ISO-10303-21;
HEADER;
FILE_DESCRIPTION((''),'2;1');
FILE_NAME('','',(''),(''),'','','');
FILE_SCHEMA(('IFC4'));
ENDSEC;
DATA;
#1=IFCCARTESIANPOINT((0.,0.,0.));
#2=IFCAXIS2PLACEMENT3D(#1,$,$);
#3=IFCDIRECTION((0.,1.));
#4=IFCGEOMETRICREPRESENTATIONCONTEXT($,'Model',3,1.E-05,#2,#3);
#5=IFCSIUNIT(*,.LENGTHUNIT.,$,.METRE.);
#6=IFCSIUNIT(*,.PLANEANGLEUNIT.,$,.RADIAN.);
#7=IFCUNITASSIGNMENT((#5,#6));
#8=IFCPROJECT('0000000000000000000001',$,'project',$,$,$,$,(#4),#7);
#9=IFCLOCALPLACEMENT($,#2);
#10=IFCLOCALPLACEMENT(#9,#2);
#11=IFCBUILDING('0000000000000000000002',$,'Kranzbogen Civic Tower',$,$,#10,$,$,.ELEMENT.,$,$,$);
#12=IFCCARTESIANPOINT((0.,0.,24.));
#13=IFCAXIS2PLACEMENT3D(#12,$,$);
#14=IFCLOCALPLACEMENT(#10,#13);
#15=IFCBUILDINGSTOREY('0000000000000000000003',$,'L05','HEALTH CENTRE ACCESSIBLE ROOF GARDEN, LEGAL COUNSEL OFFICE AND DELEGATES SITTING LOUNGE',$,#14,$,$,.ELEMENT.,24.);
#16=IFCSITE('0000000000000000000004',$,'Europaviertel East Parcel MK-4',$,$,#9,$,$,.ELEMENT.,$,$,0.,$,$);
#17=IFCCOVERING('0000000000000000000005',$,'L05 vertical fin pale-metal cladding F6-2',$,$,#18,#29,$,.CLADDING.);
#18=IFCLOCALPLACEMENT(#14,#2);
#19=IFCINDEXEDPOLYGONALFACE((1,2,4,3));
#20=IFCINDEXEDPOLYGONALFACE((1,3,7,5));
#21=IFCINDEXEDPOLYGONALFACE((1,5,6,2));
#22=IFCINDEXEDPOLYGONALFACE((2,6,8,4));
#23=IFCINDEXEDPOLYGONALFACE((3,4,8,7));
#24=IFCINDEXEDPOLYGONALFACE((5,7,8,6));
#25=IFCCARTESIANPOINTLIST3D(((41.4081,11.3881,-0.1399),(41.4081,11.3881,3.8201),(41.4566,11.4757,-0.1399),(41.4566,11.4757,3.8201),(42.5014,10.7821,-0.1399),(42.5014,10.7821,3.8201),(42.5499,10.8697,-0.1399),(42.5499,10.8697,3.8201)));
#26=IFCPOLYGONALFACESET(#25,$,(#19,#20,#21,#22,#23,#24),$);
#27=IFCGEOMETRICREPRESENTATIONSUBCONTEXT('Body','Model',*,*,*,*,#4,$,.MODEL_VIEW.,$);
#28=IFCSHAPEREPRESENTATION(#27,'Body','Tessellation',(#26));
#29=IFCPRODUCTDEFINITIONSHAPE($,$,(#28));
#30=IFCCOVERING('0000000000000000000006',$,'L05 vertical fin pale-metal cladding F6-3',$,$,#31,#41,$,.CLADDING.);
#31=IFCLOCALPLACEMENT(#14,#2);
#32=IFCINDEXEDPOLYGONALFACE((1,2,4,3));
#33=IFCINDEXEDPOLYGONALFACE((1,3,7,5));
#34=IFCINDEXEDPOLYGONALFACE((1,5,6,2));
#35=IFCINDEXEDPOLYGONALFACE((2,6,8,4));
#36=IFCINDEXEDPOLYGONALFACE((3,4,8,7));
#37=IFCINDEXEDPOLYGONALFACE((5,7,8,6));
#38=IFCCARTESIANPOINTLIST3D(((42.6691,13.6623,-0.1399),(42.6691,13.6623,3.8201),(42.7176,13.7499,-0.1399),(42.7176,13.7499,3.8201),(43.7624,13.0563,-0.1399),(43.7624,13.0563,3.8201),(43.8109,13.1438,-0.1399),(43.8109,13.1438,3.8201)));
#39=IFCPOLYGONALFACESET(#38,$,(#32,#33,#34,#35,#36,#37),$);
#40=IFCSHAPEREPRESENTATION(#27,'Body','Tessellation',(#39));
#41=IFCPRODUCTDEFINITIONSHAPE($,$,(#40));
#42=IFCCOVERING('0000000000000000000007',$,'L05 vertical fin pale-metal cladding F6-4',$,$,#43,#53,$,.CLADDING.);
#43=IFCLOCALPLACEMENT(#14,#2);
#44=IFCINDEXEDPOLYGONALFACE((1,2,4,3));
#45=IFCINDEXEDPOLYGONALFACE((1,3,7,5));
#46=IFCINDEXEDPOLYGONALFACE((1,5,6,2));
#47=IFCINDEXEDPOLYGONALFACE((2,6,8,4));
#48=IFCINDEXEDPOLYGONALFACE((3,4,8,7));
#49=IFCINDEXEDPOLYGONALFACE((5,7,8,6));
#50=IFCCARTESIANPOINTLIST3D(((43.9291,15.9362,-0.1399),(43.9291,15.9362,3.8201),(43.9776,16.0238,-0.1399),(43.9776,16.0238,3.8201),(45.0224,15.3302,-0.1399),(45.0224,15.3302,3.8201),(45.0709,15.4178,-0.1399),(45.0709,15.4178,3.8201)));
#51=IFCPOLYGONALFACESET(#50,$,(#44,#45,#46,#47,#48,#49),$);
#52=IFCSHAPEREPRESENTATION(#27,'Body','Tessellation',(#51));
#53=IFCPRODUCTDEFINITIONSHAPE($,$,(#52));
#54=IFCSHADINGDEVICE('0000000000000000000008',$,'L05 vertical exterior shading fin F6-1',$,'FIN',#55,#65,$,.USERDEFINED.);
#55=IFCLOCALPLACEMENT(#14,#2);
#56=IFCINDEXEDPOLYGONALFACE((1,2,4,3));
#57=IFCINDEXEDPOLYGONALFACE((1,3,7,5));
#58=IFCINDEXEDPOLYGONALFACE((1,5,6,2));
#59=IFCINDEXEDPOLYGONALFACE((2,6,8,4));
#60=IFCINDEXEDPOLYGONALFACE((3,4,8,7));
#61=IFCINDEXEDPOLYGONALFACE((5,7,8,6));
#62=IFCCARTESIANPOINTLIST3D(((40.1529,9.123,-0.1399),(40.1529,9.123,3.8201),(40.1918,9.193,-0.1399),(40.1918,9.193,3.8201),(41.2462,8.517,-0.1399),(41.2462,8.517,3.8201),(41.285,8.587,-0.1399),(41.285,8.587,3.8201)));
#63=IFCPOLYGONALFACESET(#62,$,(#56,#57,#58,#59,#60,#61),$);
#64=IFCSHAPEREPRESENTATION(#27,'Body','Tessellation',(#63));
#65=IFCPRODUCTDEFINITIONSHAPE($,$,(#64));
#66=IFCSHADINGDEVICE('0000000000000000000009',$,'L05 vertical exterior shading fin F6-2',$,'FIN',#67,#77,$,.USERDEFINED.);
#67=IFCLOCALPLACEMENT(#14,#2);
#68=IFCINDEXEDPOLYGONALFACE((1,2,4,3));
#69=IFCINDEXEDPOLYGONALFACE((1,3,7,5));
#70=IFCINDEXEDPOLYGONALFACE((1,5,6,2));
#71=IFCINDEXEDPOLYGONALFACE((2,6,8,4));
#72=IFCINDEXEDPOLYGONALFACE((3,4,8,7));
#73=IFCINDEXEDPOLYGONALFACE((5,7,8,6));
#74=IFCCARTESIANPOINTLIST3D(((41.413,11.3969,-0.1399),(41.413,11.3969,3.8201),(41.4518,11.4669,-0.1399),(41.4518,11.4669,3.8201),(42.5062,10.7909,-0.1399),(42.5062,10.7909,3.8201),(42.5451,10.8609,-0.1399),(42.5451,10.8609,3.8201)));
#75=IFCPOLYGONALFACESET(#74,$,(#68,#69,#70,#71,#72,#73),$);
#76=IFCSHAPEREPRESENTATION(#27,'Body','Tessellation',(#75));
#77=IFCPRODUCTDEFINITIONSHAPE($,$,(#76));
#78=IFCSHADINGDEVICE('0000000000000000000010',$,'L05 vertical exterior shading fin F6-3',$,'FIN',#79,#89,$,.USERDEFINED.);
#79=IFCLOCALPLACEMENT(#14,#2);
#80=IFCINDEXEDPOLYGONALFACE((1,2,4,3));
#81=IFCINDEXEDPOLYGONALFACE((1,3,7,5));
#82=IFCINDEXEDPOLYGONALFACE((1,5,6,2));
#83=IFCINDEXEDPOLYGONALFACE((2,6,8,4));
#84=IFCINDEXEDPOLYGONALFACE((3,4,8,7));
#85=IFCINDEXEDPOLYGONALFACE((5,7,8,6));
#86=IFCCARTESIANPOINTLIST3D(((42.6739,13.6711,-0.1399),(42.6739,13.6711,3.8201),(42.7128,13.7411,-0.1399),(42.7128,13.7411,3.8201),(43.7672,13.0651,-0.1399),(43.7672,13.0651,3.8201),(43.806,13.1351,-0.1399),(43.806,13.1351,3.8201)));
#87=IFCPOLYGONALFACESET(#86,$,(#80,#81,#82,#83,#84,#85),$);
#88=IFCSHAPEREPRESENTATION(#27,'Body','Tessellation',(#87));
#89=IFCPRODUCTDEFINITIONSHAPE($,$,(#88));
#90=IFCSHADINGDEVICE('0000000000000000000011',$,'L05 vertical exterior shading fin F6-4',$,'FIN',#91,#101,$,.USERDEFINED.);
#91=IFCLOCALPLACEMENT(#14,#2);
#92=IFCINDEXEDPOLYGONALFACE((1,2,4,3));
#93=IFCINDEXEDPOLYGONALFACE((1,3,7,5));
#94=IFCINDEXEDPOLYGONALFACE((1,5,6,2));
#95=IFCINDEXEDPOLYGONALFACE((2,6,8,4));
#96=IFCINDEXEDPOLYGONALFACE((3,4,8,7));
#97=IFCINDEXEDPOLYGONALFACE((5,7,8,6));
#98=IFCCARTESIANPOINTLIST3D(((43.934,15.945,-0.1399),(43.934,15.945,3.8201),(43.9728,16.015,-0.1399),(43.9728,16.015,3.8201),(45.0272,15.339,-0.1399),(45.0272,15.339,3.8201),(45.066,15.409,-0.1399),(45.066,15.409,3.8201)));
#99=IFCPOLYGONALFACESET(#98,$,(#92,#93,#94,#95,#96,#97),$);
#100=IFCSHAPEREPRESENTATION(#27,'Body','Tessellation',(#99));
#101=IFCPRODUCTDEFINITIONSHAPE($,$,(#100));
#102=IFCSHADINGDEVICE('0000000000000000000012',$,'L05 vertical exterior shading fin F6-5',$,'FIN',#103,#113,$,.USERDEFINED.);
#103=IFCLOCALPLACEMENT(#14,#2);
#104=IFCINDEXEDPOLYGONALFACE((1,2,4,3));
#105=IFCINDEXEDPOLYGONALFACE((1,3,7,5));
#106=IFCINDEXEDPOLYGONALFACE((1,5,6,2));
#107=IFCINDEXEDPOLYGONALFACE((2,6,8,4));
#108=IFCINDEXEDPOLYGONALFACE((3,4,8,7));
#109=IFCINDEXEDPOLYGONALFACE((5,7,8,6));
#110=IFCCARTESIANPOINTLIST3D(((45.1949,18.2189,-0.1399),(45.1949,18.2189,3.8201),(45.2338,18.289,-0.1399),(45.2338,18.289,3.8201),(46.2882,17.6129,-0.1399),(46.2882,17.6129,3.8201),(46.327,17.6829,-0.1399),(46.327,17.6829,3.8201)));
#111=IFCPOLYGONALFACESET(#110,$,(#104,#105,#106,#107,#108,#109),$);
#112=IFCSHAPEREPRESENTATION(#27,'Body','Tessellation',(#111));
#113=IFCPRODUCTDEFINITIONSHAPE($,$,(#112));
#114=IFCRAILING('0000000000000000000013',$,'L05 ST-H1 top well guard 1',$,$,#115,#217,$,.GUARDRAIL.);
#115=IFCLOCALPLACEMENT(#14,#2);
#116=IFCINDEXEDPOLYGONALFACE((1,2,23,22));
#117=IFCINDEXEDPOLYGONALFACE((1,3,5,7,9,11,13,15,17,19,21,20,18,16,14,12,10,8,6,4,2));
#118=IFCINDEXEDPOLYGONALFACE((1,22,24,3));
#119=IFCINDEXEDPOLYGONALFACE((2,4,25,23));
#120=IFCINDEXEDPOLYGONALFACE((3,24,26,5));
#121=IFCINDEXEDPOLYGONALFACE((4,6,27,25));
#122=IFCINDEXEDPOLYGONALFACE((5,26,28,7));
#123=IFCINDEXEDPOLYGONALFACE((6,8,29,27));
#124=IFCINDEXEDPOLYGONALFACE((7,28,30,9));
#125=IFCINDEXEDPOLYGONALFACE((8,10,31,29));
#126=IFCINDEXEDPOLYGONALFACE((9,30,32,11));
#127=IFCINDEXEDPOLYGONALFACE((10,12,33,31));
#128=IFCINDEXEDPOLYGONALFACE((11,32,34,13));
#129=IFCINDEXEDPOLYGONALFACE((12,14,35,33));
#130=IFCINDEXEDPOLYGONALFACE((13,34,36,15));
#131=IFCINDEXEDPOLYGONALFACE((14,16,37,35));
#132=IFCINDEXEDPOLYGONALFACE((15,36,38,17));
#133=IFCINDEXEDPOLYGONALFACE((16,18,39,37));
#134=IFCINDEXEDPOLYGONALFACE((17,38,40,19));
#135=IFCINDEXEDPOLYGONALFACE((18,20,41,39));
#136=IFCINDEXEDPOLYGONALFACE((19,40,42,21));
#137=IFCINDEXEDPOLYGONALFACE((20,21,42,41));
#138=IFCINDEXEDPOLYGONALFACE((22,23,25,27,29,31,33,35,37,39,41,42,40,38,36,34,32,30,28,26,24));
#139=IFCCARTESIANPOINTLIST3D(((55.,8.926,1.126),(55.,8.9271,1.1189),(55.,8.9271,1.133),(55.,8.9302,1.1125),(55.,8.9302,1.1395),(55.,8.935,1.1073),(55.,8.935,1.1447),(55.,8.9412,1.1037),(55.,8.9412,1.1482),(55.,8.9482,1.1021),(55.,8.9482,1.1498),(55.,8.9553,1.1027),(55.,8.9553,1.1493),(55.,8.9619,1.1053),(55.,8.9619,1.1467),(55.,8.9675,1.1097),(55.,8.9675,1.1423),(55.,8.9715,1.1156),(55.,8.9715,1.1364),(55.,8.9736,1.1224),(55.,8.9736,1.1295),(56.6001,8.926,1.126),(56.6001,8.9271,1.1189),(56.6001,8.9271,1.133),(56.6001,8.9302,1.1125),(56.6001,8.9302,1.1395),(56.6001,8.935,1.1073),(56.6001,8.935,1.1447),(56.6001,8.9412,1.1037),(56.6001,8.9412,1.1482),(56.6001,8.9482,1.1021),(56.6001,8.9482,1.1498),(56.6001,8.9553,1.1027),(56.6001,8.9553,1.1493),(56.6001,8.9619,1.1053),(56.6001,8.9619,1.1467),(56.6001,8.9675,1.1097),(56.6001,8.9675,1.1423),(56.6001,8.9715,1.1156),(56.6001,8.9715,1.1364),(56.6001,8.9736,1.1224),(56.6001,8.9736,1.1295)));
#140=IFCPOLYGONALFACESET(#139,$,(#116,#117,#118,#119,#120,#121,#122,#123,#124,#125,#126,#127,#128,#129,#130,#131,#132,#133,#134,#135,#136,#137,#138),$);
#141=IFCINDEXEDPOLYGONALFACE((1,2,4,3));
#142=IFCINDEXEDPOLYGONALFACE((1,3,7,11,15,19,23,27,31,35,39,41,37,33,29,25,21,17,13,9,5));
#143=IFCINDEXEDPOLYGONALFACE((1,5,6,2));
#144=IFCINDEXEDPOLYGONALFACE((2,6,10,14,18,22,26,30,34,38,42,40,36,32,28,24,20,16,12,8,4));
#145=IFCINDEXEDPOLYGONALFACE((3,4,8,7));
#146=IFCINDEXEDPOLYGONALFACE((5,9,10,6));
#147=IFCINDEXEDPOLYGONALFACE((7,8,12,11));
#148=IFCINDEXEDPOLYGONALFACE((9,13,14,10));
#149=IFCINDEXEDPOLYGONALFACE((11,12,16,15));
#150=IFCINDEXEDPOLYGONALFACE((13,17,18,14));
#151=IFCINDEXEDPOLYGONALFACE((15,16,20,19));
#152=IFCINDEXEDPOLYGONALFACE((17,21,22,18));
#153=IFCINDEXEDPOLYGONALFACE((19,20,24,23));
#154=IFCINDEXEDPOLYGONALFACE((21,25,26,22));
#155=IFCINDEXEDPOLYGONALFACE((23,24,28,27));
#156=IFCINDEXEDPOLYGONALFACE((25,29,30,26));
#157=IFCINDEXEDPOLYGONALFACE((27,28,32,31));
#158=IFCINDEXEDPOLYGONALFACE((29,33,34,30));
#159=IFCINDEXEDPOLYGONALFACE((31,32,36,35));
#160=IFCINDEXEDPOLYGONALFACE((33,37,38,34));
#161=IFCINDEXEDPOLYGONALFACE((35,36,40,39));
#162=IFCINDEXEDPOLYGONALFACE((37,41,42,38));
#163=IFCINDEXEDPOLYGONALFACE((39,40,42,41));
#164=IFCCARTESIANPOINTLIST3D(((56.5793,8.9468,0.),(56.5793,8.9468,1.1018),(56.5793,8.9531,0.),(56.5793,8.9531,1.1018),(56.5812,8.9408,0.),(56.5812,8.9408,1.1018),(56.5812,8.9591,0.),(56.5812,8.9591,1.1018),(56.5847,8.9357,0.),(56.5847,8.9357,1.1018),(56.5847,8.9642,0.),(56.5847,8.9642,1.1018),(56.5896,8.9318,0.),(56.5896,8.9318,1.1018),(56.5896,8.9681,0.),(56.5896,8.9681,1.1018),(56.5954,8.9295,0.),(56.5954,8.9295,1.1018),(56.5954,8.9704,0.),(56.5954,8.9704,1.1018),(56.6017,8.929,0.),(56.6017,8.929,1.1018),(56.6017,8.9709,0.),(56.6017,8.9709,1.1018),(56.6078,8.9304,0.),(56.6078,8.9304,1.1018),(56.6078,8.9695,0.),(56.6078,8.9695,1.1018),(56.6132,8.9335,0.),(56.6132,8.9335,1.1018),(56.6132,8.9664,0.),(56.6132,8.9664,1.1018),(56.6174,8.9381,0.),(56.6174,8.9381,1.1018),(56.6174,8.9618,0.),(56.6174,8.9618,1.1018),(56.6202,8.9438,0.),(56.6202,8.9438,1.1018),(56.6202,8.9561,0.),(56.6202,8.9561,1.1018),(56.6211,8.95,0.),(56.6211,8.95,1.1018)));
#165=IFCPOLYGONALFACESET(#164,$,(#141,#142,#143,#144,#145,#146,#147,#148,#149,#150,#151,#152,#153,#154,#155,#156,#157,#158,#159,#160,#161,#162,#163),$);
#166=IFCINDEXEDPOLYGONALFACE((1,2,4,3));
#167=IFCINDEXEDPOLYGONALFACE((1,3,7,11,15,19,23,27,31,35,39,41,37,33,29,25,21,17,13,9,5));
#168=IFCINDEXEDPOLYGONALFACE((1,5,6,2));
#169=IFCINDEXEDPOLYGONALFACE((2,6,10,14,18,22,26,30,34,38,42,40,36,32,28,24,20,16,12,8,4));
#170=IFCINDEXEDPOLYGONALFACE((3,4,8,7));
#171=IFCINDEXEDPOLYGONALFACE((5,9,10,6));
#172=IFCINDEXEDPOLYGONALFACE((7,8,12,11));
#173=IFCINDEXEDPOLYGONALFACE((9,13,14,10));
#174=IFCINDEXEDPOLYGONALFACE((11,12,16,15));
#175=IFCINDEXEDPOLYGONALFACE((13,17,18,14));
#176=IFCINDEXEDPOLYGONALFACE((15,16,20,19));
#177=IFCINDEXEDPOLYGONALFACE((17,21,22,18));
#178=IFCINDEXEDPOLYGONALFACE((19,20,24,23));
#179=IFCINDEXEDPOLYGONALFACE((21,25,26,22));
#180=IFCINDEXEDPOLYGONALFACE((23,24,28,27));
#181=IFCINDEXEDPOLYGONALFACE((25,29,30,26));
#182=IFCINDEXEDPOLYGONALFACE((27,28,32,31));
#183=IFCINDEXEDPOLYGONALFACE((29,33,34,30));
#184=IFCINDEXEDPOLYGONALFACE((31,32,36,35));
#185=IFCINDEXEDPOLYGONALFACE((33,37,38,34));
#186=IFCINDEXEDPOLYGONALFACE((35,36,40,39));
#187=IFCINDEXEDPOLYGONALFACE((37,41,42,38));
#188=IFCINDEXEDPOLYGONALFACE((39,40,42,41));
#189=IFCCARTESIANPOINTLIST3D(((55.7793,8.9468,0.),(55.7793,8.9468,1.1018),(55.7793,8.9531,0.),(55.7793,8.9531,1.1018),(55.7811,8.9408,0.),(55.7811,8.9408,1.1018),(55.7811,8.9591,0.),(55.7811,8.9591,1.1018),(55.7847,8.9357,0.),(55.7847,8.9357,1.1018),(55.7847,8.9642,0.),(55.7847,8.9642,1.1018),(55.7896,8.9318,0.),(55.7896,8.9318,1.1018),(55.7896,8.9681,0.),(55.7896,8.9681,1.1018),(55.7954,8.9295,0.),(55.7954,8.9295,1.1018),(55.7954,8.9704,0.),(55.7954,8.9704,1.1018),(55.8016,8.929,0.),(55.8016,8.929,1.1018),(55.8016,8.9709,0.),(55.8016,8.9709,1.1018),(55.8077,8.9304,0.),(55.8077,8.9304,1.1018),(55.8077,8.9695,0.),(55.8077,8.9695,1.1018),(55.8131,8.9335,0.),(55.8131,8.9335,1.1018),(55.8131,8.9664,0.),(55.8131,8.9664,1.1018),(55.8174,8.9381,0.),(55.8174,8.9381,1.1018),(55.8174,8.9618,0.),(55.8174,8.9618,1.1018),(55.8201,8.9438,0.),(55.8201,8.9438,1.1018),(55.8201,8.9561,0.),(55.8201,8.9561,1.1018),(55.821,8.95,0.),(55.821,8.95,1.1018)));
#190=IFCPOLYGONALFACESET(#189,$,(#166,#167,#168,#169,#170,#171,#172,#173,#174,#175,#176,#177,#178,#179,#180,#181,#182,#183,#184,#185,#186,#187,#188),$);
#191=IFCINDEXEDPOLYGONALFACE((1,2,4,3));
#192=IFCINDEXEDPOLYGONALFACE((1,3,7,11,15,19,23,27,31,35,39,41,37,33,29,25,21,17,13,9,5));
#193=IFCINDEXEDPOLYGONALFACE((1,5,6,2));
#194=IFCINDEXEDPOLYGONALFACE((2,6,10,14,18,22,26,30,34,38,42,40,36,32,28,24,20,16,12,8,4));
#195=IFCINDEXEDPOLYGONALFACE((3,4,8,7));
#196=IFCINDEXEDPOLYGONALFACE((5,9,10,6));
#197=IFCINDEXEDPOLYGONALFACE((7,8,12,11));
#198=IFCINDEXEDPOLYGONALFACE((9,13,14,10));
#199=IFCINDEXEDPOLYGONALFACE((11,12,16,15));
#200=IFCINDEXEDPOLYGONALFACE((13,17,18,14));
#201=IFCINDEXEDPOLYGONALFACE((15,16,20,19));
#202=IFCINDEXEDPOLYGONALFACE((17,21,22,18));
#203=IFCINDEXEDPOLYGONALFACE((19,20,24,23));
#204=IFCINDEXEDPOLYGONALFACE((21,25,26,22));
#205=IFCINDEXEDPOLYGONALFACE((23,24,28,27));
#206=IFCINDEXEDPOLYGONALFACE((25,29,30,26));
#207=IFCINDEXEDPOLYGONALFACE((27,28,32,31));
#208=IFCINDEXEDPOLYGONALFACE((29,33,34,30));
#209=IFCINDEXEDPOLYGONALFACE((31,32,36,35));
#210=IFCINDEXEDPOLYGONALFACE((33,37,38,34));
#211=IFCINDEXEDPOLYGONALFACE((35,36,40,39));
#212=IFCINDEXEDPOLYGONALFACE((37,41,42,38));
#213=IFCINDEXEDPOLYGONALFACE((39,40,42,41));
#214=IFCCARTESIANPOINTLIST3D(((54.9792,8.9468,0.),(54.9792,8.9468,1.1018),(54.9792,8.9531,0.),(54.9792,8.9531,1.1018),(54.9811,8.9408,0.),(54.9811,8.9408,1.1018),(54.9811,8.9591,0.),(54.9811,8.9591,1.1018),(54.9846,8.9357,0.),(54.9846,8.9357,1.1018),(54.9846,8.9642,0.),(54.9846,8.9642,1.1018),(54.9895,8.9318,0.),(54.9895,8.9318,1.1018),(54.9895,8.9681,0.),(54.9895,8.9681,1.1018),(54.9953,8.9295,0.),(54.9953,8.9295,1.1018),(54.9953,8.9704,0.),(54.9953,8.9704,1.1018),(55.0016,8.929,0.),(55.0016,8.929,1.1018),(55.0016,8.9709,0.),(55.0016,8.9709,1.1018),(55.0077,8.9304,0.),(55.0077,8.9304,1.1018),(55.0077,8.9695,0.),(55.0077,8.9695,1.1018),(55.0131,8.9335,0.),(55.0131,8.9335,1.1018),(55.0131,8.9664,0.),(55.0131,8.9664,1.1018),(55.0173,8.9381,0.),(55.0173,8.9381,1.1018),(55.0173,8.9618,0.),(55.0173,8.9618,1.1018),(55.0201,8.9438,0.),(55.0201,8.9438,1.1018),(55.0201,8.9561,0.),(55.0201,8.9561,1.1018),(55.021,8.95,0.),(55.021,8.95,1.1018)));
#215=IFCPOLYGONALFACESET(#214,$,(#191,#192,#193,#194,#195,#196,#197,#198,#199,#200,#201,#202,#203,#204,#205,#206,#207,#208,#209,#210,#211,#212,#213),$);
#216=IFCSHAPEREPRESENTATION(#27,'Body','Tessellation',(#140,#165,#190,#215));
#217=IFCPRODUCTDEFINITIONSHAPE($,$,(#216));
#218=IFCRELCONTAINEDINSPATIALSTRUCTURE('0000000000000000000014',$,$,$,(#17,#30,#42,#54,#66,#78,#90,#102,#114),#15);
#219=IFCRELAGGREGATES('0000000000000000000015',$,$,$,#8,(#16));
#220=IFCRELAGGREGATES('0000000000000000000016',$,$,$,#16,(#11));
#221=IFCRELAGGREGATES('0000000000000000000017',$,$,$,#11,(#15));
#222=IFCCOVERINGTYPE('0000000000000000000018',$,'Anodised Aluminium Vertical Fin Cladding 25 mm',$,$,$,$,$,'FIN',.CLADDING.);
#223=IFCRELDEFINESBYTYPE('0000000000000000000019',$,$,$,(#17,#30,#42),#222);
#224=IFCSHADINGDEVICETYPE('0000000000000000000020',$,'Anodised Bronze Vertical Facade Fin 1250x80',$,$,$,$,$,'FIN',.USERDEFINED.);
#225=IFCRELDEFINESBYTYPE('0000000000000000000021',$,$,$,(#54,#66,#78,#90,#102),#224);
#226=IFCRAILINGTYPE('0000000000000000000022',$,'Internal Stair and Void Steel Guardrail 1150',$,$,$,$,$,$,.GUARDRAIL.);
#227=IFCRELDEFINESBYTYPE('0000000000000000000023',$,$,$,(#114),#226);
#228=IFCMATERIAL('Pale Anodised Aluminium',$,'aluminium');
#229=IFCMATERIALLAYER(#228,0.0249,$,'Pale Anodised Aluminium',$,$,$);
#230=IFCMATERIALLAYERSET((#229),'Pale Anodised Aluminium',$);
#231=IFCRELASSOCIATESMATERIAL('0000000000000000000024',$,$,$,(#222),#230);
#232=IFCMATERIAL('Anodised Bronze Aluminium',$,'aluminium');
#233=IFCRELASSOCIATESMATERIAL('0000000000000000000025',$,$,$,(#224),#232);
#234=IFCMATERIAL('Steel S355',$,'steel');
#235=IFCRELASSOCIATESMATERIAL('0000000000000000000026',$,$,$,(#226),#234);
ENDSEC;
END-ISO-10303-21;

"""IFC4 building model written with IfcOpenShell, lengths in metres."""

from ifc_helpers import new_model, si_unit, direction, frame, origin, origin_2d, place, context, subcontext, project, spatial, rectangle, circle, extrude, material, layer, layer_set, type_object, element, save


model = new_model("IFC4")

# Units and contexts
model_context = context("Model", 3, precision=1e-05, world=origin(), true_north=direction((0.0, 1.0)))
body_context = subcontext(model_context, "Body", "Model", "MODEL_VIEW")
ifc_project = project(units=[si_unit("LENGTHUNIT", "METRE"), si_unit("PLANEANGLEUNIT", "RADIAN")], contexts=[model_context])

# Site, building, storey
site_placement = place(None, origin())
site = spatial("IfcSite", under=ifc_project, at=site_placement, Name="Europaviertel East Parcel MK-4", CompositionType="ELEMENT", RefElevation=0.0)
building_placement = place(site_placement, origin())
building = spatial("IfcBuilding", under=site, at=building_placement, Name="Kranzbogen Civic Tower", CompositionType="ELEMENT")
storey_placement = place(building_placement, frame((0.0, 0.0, 24.0)))
storey = spatial("IfcBuildingStorey", under=building, at=storey_placement, Name="L05", Description="HEALTH CENTRE ACCESSIBLE ROOF GARDEN, LEGAL COUNSEL OFFICE AND DELEGATES SITTING LOUNGE", CompositionType="ELEMENT", Elevation=24.0)

# Shared definitions
ifc_material_1 = material(Name="Pale Anodised Aluminium", Category="aluminium")

# Shared definitions
ifc_material_2 = material(Name="Steel S355", Category="steel")

# Coverings
ifc_layer_1 = layer(ifc_material_1, 0.0249, Name="Pale Anodised Aluminium")
ifc_layer_set_1 = layer_set([ifc_layer_1], Name="Pale Anodised Aluminium")
covering_type = type_object("IfcCoveringType", Name="Anodised Aluminium Vertical Fin Cladding 25 mm", ElementType="FIN", PredefinedType="CLADDING", material=ifc_layer_set_1)
for number, where, z_axis, x_axis, name in (
    (1, (41.979, 11.1289, -0.1399), (0.0, 0.0, 1.0), (0.87462, -0.48481, 0.0), "L05 vertical fin pale-metal cladding F6-2"),
    (2, (43.24, 13.4031, -0.1399), (0.0, 0.0, 1.0), (0.87462, -0.48481, 0.0), "L05 vertical fin pale-metal cladding F6-3"),
    (3, (44.5, 15.677, -0.1399), (0.0, 0.0, 1.0), (0.87462, -0.48481, 0.0), "L05 vertical fin pale-metal cladding F6-4"),
):
    element("IfcCovering", number, at=place(storey_placement, frame(where, z_axis=z_axis, x_axis=x_axis)), inside=storey, type_object=covering_type, Name=name, PredefinedType="CLADDING", context=body_context, shape_type="SweptSolid", body=[
        extrude(rectangle(XDim=1.25, YDim=0.1001, at=origin_2d()), origin(), (0.0, 0.0, 1.0), 3.96),
    ])

# Shading devices
ifc_material_3 = material(Name="Anodised Bronze Aluminium", Category="aluminium")
shading_device_type = type_object("IfcShadingDeviceType", Name="Anodised Bronze Vertical Facade Fin 1250x80", ElementType="FIN", PredefinedType="USERDEFINED", material=ifc_material_3)
for number, where, z_axis, x_axis, name in (
    (4, (40.719, 8.855, -0.1399), (0.0, 0.0, 1.0), (0.87462, -0.48481, 0.0), "L05 vertical exterior shading fin F6-1"),
    (5, (41.979, 11.1289, -0.1399), (0.0, 0.0, 1.0), (0.87462, -0.48481, 0.0), "L05 vertical exterior shading fin F6-2"),
    (6, (43.24, 13.4031, -0.1399), (0.0, 0.0, 1.0), (0.87462, -0.48481, 0.0), "L05 vertical exterior shading fin F6-3"),
    (7, (44.5, 15.677, -0.1399), (0.0, 0.0, 1.0), (0.87462, -0.48481, 0.0), "L05 vertical exterior shading fin F6-4"),
    (8, (45.761, 17.9509, -0.1399), (0.0, 0.0, 1.0), (0.87462, -0.48481, 0.0), "L05 vertical exterior shading fin F6-5"),
):
    element("IfcShadingDevice", number, at=place(storey_placement, frame(where, z_axis=z_axis, x_axis=x_axis)), inside=storey, type_object=shading_device_type, Name=name, ObjectType="FIN", PredefinedType="USERDEFINED", context=body_context, shape_type="SweptSolid", body=[
        extrude(rectangle(XDim=1.25, YDim=0.0801, at=origin_2d()), origin(), (0.0, 0.0, 1.0), 3.96),
    ])

# Railing
railing_type = type_object("IfcRailingType", Name="Internal Stair and Void Steel Guardrail 1150", PredefinedType="GUARDRAIL", material=ifc_material_2)
railing_placement = place(storey_placement, frame((56.6001, 8.95, 0.0)))
element("IfcRailing", 9, at=railing_placement, inside=storey, type_object=railing_type, Name="L05 ST-H1 top well guard 1", PredefinedType="GUARDRAIL", context=body_context, shape_type="SweptSolid", body=[
    extrude(circle(Radius=0.0239, at=origin_2d()), frame((0.0, 0.0, 1.126), z_axis=(-1.0, 0.0, 0.0), x_axis=(0.0, -1.0, 0.0)), (0.0, 0.0, 1.0), 1.6001),
    extrude(circle(Radius=0.021, at=origin_2d()), origin(), (0.0, 0.0, 1.0), 1.1018),
    extrude(circle(Radius=0.021, at=origin_2d()), frame((-0.8, 0.0, 0.0)), (0.0, 0.0, 1.0), 1.1018),
    extrude(circle(Radius=0.021, at=origin_2d()), frame((-1.6001, 0.0, 0.0)), (0.0, 0.0, 1.0), 1.1018),
])

save(model, "model.ifc")
